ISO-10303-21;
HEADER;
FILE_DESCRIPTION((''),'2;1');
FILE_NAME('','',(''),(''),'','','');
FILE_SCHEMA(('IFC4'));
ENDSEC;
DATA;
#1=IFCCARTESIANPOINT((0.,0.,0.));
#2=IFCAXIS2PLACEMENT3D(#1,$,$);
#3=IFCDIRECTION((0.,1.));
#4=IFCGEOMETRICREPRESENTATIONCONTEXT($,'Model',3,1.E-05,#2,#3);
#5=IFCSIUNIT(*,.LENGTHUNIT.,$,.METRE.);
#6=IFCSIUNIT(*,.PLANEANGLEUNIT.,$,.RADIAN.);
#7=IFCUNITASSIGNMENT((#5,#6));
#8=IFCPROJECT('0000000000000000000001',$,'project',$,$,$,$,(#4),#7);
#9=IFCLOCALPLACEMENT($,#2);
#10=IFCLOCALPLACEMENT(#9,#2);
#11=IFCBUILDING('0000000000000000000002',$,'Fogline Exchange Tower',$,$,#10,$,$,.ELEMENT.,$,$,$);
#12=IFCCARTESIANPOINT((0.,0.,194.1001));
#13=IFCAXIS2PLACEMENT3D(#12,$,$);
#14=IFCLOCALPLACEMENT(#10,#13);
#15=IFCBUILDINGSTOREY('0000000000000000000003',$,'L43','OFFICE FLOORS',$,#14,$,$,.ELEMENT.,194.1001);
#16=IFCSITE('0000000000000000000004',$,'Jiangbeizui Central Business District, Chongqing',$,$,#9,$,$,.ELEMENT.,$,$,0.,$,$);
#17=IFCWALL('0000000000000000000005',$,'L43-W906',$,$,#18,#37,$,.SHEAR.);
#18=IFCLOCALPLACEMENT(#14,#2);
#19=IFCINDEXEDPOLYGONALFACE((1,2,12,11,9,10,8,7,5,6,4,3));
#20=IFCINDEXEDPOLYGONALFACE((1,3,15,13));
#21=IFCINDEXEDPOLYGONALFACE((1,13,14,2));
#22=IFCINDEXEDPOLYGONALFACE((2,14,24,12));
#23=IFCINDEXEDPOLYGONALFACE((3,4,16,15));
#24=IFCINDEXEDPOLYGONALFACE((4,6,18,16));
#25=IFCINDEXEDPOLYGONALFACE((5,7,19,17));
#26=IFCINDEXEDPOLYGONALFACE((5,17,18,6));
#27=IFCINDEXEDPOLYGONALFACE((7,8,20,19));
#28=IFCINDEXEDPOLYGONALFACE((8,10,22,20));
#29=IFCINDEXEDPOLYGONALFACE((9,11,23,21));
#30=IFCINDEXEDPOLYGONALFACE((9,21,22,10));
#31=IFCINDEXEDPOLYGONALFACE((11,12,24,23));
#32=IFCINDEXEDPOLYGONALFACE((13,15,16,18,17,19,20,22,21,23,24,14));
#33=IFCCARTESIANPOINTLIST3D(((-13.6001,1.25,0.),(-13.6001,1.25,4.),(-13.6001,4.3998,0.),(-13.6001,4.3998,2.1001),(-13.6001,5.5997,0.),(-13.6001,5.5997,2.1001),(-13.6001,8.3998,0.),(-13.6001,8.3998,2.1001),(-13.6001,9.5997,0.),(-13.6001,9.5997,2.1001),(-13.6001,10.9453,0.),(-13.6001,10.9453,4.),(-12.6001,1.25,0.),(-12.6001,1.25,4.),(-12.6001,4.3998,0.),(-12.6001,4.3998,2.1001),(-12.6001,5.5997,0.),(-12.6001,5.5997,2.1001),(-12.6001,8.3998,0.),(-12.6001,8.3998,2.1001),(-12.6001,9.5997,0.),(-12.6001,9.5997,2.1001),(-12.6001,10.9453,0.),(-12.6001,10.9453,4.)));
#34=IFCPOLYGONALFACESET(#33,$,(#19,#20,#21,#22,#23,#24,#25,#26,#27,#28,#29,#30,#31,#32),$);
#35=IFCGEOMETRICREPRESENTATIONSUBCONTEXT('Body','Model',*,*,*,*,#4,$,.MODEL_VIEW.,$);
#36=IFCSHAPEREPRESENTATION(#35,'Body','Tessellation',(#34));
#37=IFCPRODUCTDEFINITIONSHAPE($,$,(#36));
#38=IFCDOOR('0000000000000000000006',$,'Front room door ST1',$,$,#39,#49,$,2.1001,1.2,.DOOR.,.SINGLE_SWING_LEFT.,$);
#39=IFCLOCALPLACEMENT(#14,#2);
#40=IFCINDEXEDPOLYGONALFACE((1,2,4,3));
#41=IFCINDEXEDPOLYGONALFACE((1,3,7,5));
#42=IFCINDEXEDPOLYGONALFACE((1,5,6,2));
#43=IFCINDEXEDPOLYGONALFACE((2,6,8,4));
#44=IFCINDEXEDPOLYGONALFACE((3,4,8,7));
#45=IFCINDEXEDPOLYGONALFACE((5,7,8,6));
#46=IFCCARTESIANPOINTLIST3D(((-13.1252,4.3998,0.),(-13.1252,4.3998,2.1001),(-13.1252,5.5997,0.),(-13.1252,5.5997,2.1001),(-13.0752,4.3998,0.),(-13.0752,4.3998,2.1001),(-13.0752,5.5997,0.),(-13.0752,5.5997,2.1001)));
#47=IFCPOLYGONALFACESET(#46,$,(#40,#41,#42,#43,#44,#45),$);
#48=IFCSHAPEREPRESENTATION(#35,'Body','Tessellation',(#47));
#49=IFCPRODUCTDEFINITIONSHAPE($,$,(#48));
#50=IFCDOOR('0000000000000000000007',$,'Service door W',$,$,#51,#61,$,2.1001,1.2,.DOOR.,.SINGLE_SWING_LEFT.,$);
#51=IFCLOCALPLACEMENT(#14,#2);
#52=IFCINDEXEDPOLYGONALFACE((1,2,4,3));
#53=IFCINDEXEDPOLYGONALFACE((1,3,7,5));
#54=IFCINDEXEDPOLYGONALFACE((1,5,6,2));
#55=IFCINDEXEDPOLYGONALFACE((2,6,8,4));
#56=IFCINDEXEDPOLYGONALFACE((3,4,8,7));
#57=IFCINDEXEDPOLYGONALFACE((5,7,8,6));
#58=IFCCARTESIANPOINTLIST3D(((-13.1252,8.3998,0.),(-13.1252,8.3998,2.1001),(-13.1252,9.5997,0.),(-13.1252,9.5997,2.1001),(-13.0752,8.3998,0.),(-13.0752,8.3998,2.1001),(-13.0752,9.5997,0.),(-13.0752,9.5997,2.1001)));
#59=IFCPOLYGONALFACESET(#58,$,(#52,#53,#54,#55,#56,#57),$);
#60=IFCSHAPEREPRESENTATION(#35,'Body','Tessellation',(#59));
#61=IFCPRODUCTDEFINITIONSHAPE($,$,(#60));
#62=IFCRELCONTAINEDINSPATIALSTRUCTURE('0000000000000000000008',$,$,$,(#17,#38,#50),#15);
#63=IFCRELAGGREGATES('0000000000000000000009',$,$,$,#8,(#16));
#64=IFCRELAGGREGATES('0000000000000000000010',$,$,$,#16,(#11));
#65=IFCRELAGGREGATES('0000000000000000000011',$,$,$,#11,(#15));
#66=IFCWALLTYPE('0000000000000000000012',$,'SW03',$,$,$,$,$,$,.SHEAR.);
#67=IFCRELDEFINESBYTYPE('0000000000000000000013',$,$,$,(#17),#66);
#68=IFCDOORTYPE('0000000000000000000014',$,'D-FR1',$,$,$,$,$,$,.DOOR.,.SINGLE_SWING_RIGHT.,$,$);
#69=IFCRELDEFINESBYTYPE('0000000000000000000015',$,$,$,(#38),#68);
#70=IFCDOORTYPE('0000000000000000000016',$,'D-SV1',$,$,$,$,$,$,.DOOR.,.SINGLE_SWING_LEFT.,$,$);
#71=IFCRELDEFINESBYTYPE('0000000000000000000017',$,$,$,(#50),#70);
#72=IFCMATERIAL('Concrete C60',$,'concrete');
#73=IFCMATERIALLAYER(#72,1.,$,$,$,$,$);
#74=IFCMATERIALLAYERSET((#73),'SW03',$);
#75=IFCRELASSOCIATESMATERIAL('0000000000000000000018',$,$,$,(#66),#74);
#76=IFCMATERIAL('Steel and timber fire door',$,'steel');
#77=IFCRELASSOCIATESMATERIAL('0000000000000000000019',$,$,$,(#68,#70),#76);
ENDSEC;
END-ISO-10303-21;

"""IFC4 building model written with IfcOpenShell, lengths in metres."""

from ifc_helpers import new_model, si_unit, direction, frame, frame_2d, origin, place, context, subcontext, project, spatial, rectangle, extrude, material, layer, layer_set, type_object, element, fill, save


model = new_model("IFC4")

# Units and contexts
model_context = context("Model", 3, precision=1e-05, world=origin(), true_north=direction((0.0, 1.0)))
body_context = subcontext(model_context, "Body", "Model", "MODEL_VIEW")
ifc_project = project(units=[si_unit("LENGTHUNIT", "METRE"), si_unit("PLANEANGLEUNIT", "RADIAN")], contexts=[model_context])

# Site, building, storey
site_placement = place(None, origin())
site = spatial("IfcSite", under=ifc_project, at=site_placement, Name="Jiangbeizui Central Business District, Chongqing", CompositionType="ELEMENT", RefElevation=0.0)
building_placement = place(site_placement, origin())
building = spatial("IfcBuilding", under=site, at=building_placement, Name="Fogline Exchange Tower", CompositionType="ELEMENT")
storey_placement = place(building_placement, frame((0.0, 0.0, 194.1001)))
storey = spatial("IfcBuildingStorey", under=building, at=storey_placement, Name="L43", Description="OFFICE FLOORS", CompositionType="ELEMENT", Elevation=194.1001)

# Shared definitions
ifc_material_1 = material(Name="Steel and timber fire door", Category="steel")

# Shared definitions
ifc_material_2 = material(Name="Concrete C60", Category="concrete")
ifc_layer_1 = layer(ifc_material_2, 1.0)
ifc_layer_set_1 = layer_set([ifc_layer_1], Name="SW03")
wall_type_1 = type_object("IfcWallType", Name="SW03", PredefinedType="SHEAR", material=ifc_layer_set_1)

# Wall, openings, doors
wall_1_placement = place(storey_placement, frame((-13.1001, 10.9453, 0.0), z_axis=(0.0, 0.0, 1.0), x_axis=(0.0, -1.0, 0.0)))
wall_1 = element("IfcWall", 1, at=wall_1_placement, inside=storey, type_object=wall_type_1, Name="L43-W906", PredefinedType="SHEAR", context=body_context, shape_type="SweptSolid", body=[
    extrude(rectangle(XDim=9.6953, YDim=1.0, at=frame_2d((4.8477, 0.0))), origin(), (0.0, 0.0, 1.0), 4.0),
])
opening_1_placement = place(wall_1_placement, frame((5.3455, 0.0, 0.0)))
opening_1 = element("IfcOpeningElement", 2, at=opening_1_placement, cuts=wall_1, PredefinedType="OPENING", context=body_context, shape_type="SweptSolid", body=[
    extrude(rectangle(XDim=1.2, YDim=2.1001, at=frame_2d((0.6001, 1.05))), frame((0.0, 0.51, 0.0), z_axis=(0.0, -1.0, 0.0), x_axis=(1.0, 0.0, 0.0)), (0.0, 0.0, 1.0), 1.02),
])
opening_2_placement = place(wall_1_placement, frame((1.3455, 0.0, 0.0)))
opening_2 = element("IfcOpeningElement", 3, at=opening_2_placement, cuts=wall_1, PredefinedType="OPENING", context=body_context, shape_type="SweptSolid", body=[
    extrude(rectangle(XDim=1.2, YDim=2.1001, at=frame_2d((0.6001, 1.05))), frame((0.0, 0.51, 0.0), z_axis=(0.0, -1.0, 0.0), x_axis=(1.0, 0.0, 0.0)), (0.0, 0.0, 1.0), 1.02),
])
door_type_1 = type_object("IfcDoorType", Name="D-FR1", OperationType="SINGLE_SWING_RIGHT", PredefinedType="DOOR", material=ifc_material_1)
door_1_placement = place(opening_1_placement, origin())
door_1 = element("IfcDoor", 4, at=door_1_placement, inside=storey, type_object=door_type_1, Name="Front room door ST1", OperationType="SINGLE_SWING_LEFT", OverallHeight=2.1001, OverallWidth=1.2, PredefinedType="DOOR", context=body_context, shape_type="SweptSolid", body=[
    extrude(rectangle(XDim=1.2, YDim=2.1001, at=frame_2d((0.6001, 1.05))), frame((0.0, 0.0249, 0.0), z_axis=(0.0, -1.0, 0.0), x_axis=(1.0, 0.0, 0.0)), (0.0, 0.0, 1.0), 0.05),
])
fill(opening_1, door_1)
door_type_2 = type_object("IfcDoorType", Name="D-SV1", OperationType="SINGLE_SWING_LEFT", PredefinedType="DOOR", material=ifc_material_1)
door_2_placement = place(opening_2_placement, origin())
door_2 = element("IfcDoor", 5, at=door_2_placement, inside=storey, type_object=door_type_2, Name="Service door W", OperationType="SINGLE_SWING_LEFT", OverallHeight=2.1001, OverallWidth=1.2, PredefinedType="DOOR", context=body_context, shape_type="SweptSolid", body=[
    extrude(rectangle(XDim=1.2, YDim=2.1001, at=frame_2d((0.6001, 1.05))), frame((0.0, 0.0249, 0.0), z_axis=(0.0, -1.0, 0.0), x_axis=(1.0, 0.0, 0.0)), (0.0, 0.0, 1.0), 0.05),
])
fill(opening_2, door_2)

save(model, "model.ifc")
